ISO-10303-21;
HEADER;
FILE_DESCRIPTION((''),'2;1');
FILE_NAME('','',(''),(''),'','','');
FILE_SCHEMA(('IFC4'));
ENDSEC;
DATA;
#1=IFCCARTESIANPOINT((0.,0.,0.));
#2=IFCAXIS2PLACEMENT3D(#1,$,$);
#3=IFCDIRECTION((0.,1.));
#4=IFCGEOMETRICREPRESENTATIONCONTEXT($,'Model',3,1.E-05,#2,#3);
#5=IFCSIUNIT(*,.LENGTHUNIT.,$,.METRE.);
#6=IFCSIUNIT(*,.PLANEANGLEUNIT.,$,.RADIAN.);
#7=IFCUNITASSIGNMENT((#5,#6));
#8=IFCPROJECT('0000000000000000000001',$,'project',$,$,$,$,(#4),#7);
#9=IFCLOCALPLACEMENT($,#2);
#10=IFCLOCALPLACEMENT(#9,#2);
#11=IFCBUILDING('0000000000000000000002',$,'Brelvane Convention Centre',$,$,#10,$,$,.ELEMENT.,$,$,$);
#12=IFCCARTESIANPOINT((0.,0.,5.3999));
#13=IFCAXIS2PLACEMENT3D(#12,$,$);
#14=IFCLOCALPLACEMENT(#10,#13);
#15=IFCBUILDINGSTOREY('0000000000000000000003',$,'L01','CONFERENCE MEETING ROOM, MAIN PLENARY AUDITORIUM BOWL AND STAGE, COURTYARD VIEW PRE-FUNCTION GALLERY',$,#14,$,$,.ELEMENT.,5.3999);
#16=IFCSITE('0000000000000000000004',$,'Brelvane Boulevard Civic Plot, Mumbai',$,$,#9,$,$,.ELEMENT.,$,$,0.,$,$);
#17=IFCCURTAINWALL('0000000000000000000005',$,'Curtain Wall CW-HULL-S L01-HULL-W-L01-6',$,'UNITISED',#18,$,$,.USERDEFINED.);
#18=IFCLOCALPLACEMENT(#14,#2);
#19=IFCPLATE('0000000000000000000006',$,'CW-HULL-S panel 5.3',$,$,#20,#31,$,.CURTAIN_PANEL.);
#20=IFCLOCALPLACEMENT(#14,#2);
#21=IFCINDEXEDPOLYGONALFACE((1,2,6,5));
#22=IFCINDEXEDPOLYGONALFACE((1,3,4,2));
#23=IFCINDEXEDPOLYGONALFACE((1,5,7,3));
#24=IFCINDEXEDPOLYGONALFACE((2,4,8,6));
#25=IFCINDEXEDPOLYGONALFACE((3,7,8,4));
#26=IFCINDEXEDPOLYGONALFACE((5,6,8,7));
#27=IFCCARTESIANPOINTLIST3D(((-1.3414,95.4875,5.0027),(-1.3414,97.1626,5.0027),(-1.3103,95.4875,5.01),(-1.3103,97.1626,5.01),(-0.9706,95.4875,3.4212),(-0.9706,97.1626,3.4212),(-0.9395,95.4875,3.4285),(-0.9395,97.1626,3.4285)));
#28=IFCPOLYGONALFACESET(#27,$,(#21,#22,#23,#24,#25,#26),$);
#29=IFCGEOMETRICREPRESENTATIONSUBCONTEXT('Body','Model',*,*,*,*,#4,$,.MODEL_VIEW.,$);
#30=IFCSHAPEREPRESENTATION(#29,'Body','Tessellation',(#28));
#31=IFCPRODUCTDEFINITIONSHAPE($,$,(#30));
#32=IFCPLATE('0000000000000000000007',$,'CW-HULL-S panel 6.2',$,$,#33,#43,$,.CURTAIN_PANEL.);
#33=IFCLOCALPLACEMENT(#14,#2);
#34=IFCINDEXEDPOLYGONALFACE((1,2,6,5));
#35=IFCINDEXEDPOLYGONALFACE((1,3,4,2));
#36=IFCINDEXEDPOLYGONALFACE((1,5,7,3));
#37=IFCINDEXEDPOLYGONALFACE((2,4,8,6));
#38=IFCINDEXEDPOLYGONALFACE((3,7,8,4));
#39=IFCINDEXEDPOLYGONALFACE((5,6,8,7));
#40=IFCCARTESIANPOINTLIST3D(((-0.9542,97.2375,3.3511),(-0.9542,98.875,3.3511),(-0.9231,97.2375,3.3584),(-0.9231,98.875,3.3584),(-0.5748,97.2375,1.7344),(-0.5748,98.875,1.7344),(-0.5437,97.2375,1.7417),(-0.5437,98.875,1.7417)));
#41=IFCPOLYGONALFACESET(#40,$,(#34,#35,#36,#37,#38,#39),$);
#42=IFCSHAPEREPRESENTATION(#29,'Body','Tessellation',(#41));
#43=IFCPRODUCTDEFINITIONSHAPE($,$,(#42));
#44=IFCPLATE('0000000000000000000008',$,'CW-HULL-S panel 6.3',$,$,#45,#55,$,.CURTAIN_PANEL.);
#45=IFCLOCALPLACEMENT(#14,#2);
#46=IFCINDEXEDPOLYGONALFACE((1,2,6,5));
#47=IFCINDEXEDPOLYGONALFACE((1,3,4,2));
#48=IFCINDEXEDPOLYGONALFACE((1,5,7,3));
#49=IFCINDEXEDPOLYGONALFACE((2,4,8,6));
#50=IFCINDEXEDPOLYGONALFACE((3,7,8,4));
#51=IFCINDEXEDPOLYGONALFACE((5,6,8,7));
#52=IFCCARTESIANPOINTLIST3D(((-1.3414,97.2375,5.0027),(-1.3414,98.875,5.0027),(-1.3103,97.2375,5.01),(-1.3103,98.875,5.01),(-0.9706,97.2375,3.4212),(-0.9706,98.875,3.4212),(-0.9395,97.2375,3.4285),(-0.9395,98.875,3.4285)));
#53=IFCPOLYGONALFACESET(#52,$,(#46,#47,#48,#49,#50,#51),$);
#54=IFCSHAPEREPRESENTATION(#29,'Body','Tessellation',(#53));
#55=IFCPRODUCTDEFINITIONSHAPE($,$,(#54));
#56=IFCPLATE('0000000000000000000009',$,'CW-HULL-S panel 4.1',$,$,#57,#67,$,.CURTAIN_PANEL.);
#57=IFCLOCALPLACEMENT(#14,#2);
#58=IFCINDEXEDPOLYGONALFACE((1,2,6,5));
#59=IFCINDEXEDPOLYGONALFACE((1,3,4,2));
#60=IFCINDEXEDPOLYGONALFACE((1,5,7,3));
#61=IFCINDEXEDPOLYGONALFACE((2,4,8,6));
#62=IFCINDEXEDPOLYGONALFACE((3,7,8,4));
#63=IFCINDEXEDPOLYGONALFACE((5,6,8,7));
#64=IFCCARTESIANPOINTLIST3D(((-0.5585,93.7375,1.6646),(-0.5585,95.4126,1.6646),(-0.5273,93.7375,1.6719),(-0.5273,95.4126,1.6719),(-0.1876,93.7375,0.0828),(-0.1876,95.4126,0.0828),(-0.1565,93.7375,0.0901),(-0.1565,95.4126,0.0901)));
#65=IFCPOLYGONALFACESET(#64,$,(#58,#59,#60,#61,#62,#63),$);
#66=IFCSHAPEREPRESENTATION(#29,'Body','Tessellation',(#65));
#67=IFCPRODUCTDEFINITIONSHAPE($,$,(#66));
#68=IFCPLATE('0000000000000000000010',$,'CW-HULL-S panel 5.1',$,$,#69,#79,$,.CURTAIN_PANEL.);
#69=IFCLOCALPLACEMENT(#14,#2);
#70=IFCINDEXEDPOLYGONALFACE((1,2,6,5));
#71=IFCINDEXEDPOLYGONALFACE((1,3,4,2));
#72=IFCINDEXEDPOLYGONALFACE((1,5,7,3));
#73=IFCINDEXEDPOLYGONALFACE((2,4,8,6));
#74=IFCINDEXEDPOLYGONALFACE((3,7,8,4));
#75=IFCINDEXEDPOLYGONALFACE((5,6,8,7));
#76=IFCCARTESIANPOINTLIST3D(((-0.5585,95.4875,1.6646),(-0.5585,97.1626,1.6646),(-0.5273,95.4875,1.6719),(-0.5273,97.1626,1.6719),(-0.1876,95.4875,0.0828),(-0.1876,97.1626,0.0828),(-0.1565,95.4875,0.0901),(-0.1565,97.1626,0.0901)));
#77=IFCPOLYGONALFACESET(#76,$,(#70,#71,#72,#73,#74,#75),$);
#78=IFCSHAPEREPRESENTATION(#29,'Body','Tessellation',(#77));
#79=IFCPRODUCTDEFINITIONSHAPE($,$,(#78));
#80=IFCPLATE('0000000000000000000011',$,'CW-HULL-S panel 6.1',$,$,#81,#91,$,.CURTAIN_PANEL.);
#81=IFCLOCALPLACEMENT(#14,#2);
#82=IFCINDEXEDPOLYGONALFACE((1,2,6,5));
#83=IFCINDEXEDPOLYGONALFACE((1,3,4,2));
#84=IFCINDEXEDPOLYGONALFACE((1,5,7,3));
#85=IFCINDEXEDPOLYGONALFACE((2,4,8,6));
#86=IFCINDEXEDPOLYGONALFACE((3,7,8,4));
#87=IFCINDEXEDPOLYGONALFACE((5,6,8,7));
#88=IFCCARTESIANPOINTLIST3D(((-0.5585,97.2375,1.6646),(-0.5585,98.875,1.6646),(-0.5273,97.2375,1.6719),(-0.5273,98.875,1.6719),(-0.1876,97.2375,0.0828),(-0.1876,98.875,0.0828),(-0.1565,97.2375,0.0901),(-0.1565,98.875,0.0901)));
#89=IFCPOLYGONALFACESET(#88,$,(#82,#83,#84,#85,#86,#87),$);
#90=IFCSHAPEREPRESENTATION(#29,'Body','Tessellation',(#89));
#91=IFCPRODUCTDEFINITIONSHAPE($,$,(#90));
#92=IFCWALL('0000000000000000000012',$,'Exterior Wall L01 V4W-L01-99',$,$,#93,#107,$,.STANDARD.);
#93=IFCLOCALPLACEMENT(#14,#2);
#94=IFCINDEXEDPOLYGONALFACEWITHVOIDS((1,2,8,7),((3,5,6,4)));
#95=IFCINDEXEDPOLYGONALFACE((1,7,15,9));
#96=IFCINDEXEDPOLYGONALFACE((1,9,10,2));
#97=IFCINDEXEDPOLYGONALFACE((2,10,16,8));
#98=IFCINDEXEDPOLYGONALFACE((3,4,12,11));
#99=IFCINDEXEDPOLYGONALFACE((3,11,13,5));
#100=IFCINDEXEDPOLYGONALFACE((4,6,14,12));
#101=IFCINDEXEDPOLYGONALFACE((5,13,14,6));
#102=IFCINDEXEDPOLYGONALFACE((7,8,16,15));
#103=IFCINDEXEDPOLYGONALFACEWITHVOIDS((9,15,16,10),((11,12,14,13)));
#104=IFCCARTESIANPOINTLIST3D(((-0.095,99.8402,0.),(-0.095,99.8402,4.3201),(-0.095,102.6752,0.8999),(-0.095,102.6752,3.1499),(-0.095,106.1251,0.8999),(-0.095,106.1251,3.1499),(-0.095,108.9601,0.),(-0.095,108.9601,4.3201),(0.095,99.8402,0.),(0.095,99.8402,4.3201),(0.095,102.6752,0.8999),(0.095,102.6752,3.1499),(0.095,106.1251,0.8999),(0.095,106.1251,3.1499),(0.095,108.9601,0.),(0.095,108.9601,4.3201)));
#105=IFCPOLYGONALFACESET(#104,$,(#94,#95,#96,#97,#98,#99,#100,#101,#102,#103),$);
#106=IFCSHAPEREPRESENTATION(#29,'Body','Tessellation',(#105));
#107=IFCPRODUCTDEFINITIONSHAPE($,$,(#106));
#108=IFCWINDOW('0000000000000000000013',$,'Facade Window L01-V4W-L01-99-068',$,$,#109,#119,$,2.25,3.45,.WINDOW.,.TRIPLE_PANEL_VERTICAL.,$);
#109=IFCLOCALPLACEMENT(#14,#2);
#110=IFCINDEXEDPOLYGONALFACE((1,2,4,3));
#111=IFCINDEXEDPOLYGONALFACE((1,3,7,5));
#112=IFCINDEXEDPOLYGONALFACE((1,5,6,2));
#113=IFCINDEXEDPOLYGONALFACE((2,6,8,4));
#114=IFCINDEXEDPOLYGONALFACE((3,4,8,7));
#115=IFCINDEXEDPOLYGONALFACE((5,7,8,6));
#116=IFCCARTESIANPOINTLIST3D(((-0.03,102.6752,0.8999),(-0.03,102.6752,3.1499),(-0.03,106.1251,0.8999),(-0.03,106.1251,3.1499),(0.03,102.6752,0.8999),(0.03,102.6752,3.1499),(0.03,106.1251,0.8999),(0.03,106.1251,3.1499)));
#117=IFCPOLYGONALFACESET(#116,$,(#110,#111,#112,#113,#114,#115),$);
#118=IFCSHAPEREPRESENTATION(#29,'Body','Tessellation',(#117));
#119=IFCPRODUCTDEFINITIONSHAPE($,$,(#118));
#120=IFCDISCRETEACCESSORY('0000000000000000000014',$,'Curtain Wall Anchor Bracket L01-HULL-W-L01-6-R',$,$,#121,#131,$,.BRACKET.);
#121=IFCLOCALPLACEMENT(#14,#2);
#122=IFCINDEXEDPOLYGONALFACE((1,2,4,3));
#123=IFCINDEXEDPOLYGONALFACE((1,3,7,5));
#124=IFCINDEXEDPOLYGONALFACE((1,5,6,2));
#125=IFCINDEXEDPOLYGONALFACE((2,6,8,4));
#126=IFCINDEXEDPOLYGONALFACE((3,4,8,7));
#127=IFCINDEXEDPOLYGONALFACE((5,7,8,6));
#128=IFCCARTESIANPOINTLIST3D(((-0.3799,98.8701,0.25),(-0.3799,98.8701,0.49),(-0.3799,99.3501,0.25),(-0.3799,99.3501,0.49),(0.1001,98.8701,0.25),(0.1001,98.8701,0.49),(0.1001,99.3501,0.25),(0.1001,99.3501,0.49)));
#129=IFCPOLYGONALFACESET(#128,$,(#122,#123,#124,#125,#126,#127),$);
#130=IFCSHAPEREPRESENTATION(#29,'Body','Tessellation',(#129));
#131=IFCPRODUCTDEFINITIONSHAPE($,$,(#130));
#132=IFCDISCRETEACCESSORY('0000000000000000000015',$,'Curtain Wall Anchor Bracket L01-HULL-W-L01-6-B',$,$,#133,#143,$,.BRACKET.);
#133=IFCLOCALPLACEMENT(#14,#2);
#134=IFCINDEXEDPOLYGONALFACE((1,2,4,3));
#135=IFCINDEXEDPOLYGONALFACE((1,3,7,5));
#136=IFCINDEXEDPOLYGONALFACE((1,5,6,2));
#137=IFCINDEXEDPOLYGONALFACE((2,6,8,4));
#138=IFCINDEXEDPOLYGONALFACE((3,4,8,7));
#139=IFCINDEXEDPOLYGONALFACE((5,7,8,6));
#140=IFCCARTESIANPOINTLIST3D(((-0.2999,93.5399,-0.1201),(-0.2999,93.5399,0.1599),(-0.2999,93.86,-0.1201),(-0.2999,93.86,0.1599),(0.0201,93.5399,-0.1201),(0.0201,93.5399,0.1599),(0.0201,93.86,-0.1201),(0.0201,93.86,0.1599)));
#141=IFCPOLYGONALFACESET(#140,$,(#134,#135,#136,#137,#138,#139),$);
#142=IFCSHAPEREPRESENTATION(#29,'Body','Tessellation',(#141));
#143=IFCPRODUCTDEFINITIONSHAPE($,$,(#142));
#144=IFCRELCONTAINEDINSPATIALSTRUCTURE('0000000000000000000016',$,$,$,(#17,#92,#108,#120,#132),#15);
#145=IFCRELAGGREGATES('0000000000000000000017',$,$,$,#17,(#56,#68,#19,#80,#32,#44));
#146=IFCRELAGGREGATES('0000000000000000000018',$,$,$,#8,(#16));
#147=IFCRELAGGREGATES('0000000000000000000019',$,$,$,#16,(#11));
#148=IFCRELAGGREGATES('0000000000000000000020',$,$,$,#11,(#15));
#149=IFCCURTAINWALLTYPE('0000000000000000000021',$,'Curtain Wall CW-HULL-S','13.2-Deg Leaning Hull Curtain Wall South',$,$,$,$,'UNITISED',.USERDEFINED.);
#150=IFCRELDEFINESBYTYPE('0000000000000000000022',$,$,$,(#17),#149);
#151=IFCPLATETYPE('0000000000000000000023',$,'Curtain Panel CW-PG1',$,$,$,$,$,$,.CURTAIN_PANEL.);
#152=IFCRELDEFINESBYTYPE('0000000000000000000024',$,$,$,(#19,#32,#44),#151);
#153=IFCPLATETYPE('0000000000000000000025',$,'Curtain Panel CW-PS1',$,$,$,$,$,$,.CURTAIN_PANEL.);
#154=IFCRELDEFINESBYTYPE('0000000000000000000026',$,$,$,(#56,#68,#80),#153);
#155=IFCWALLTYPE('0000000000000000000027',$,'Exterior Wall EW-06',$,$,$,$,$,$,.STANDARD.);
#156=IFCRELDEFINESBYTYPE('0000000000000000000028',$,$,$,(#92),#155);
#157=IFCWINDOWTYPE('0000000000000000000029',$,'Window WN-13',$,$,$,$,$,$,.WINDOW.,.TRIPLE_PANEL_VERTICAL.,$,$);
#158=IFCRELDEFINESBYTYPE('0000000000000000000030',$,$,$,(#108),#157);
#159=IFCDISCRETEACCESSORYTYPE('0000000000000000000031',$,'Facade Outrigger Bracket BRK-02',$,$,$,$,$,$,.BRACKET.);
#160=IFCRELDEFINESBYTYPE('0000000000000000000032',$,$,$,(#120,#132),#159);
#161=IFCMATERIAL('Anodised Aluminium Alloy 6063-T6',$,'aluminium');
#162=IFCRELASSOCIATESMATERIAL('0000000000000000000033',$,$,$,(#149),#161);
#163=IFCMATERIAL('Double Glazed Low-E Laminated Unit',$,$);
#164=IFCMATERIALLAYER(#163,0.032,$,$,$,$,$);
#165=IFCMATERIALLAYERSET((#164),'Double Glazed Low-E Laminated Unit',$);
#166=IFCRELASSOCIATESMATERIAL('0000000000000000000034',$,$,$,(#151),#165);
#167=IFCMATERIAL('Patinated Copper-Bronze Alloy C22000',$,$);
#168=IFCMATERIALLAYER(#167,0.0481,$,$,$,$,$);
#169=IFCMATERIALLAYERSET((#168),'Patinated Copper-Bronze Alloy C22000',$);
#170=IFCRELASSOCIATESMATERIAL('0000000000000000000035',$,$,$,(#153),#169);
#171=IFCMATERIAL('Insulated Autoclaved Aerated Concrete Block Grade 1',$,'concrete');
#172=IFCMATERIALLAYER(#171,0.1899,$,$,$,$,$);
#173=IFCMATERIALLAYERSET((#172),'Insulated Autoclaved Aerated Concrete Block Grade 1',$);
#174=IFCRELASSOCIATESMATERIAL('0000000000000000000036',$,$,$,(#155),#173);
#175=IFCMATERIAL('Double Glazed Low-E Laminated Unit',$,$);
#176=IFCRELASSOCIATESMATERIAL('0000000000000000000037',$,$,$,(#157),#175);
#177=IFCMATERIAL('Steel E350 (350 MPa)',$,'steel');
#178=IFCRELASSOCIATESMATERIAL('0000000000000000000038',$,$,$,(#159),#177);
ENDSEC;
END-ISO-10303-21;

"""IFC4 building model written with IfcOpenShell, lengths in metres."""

from ifc_helpers import new_model, si_unit, direction, frame, frame_2d, origin, origin_2d, place, context, subcontext, project, spatial, polyline, rectangle, outline, extrude, material, layer, layer_set, type_object, element, fill, aggregate, save


model = new_model("IFC4")

# Units and contexts
model_context = context("Model", 3, precision=1e-05, world=origin(), true_north=direction((0.0, 1.0)))
body_context = subcontext(model_context, "Body", "Model", "MODEL_VIEW")
ifc_project = project(units=[si_unit("LENGTHUNIT", "METRE"), si_unit("PLANEANGLEUNIT", "RADIAN")], contexts=[model_context])

# Site, building, storey
site_placement = place(None, origin())
site = spatial("IfcSite", under=ifc_project, at=site_placement, Name="Brelvane Boulevard Civic Plot, Mumbai", CompositionType="ELEMENT", RefElevation=0.0)
building_placement = place(site_placement, origin())
building = spatial("IfcBuilding", under=site, at=building_placement, Name="Brelvane Convention Centre", CompositionType="ELEMENT")
storey_placement = place(building_placement, frame((0.0, 0.0, 5.3999)))
storey = spatial("IfcBuildingStorey", under=building, at=storey_placement, Name="L01", Description="CONFERENCE MEETING ROOM, MAIN PLENARY AUDITORIUM BOWL AND STAGE, COURTYARD VIEW PRE-FUNCTION GALLERY", CompositionType="ELEMENT", Elevation=5.3999)

# Curtain wall
ifc_material_1 = material(Name="Anodised Aluminium Alloy 6063-T6", Category="aluminium")
curtain_wall_type = type_object("IfcCurtainWallType", Name="Curtain Wall CW-HULL-S", Description="13.2-Deg Leaning Hull Curtain Wall South", ElementType="UNITISED", PredefinedType="USERDEFINED", material=ifc_material_1)
curtain_wall_placement = place(storey_placement, origin())
curtain_wall = element("IfcCurtainWall", 1, at=curtain_wall_placement, inside=storey, type_object=curtain_wall_type, Name="Curtain Wall CW-HULL-S L01-HULL-W-L01-6", ObjectType="UNITISED", PredefinedType="USERDEFINED")

# Plates
ifc_material_2 = material(Name="Double Glazed Low-E Laminated Unit")
ifc_layer_1 = layer(ifc_material_2, 0.032)
ifc_layer_set_1 = layer_set([ifc_layer_1], Name="Double Glazed Low-E Laminated Unit")
plate_type_1 = type_object("IfcPlateType", Name="Curtain Panel CW-PG1", PredefinedType="CURTAIN_PANEL", material=ifc_layer_set_1)
plate_1_placement = place(storey_placement, frame((-0.9395, 95.4875, 3.4285), z_axis=(0.973592, 0.0, 0.228294), x_axis=(0.0, 1.0, 0.0)))
plate_1 = element("IfcPlate", 2, at=plate_1_placement, type_object=plate_type_1, Name="CW-HULL-S panel 5.3", PredefinedType="CURTAIN_PANEL", context=body_context, shape_type="SweptSolid", body=[
    extrude(outline(polyline([(0.0, 0.0), (1.675, 0.0), (1.675, 1.6244), (0.0, 1.6244), (0.0, 0.0)])), origin(), (0.0, 0.0, -1.0), 0.032),
])
plate_2_placement = place(storey_placement, frame((-0.5437, 97.2375, 1.7417), z_axis=(0.973552, 0.0, 0.228466), x_axis=(0.0, 1.0, 0.0)))
plate_2 = element("IfcPlate", 3, at=plate_2_placement, type_object=plate_type_1, Name="CW-HULL-S panel 6.2", PredefinedType="CURTAIN_PANEL", context=body_context, shape_type="SweptSolid", body=[
    extrude(outline(polyline([(0.0, 0.0), (1.6375, 0.0), (1.6375, 1.6606), (0.0, 1.6606), (0.0, 0.0)])), origin(), (0.0, 0.0, -1.0), 0.032),
])
plate_3_placement = place(storey_placement, frame((-0.9395, 97.2375, 3.4285), z_axis=(0.973592, 0.0, 0.228294), x_axis=(0.0, 1.0, 0.0)))
plate_3 = element("IfcPlate", 4, at=plate_3_placement, type_object=plate_type_1, Name="CW-HULL-S panel 6.3", PredefinedType="CURTAIN_PANEL", context=body_context, shape_type="SweptSolid", body=[
    extrude(outline(polyline([(0.0, 0.0), (1.6375, 0.0), (1.6375, 1.6244), (0.0, 1.6244), (0.0, 0.0)])), origin(), (0.0, 0.0, -1.0), 0.032),
])
ifc_material_3 = material(Name="Patinated Copper-Bronze Alloy C22000")
ifc_layer_2 = layer(ifc_material_3, 0.0481)
ifc_layer_set_2 = layer_set([ifc_layer_2], Name="Patinated Copper-Bronze Alloy C22000")
plate_type_2 = type_object("IfcPlateType", Name="Curtain Panel CW-PS1", PredefinedType="CURTAIN_PANEL", material=ifc_layer_set_2)
plate_4_placement = place(storey_placement, frame((-0.1565, 93.7375, 0.0901), z_axis=(0.9736, 0.0, 0.22826), x_axis=(0.0, 1.0, 0.0)))
plate_4 = element("IfcPlate", 5, at=plate_4_placement, type_object=plate_type_2, Name="CW-HULL-S panel 4.1", PredefinedType="CURTAIN_PANEL", context=body_context, shape_type="SweptSolid", body=[
    extrude(outline(polyline([(0.0, 0.0), (1.675, 0.0), (1.675, 1.6247), (0.0, 1.6247), (0.0, 0.0)])), origin(), (0.0, 0.0, -1.0), 0.032),
])
plate_5_placement = place(storey_placement, frame((-0.1565, 95.4875, 0.0901), z_axis=(0.9736, 0.0, 0.22826), x_axis=(0.0, 1.0, 0.0)))
plate_5 = element("IfcPlate", 6, at=plate_5_placement, type_object=plate_type_2, Name="CW-HULL-S panel 5.1", PredefinedType="CURTAIN_PANEL", context=body_context, shape_type="SweptSolid", body=[
    extrude(outline(polyline([(0.0, 0.0), (1.675, 0.0), (1.675, 1.6247), (0.0, 1.6247), (0.0, 0.0)])), origin(), (0.0, 0.0, -1.0), 0.032),
])
plate_6_placement = place(storey_placement, frame((-0.1565, 97.2375, 0.0901), z_axis=(0.9736, 0.0, 0.22826), x_axis=(0.0, 1.0, 0.0)))
plate_6 = element("IfcPlate", 7, at=plate_6_placement, type_object=plate_type_2, Name="CW-HULL-S panel 6.1", PredefinedType="CURTAIN_PANEL", context=body_context, shape_type="SweptSolid", body=[
    extrude(outline(polyline([(0.0, 0.0), (1.6375, 0.0), (1.6375, 1.6247), (0.0, 1.6247), (0.0, 0.0)])), origin(), (0.0, 0.0, -1.0), 0.032),
])
aggregate(curtain_wall, [plate_4, plate_5, plate_1, plate_6, plate_2, plate_3])

# Wall, opening, window
ifc_material_4 = material(Name="Insulated Autoclaved Aerated Concrete Block Grade 1", Category="concrete")
ifc_layer_3 = layer(ifc_material_4, 0.1899)
ifc_layer_set_3 = layer_set([ifc_layer_3], Name="Insulated Autoclaved Aerated Concrete Block Grade 1")
wall_type = type_object("IfcWallType", Name="Exterior Wall EW-06", PredefinedType="STANDARD", material=ifc_layer_set_3)
wall_placement = place(storey_placement, frame((0.0, 99.8401, 0.0), z_axis=(0.0, 0.0, 1.0), x_axis=(0.0, 1.0, 0.0)))
wall = element("IfcWall", 8, at=wall_placement, inside=storey, type_object=wall_type, Name="Exterior Wall L01 V4W-L01-99", PredefinedType="STANDARD", context=body_context, shape_type="SweptSolid", body=[
    extrude(rectangle(XDim=9.1199, YDim=0.1899, at=frame_2d((4.5601, 0.0))), origin(), (0.0, 0.0, 1.0), 4.3201),
])
opening_placement = place(wall_placement, frame((2.835, 0.0, 0.8999)))
opening = element("IfcOpeningElement", 9, at=opening_placement, cuts=wall, PredefinedType="OPENING", context=body_context, shape_type="SweptSolid", body=[
    extrude(rectangle(XDim=3.45, YDim=2.25, at=frame_2d((1.7251, 1.125))), frame((0.0, 0.105, 0.0), z_axis=(0.0, -1.0, 0.0), x_axis=(1.0, 0.0, 0.0)), (0.0, 0.0, 1.0), 0.21),
])
ifc_material_5 = material(Name="Double Glazed Low-E Laminated Unit")
window_type = type_object("IfcWindowType", Name="Window WN-13", PartitioningType="TRIPLE_PANEL_VERTICAL", PredefinedType="WINDOW", material=ifc_material_5)
window_placement = place(opening_placement, origin())
window = element("IfcWindow", 10, at=window_placement, inside=storey, type_object=window_type, Name="Facade Window L01-V4W-L01-99-068", OverallHeight=2.25, OverallWidth=3.45, PartitioningType="TRIPLE_PANEL_VERTICAL", PredefinedType="WINDOW", context=body_context, shape_type="SweptSolid", body=[
    extrude(rectangle(XDim=3.45, YDim=2.25, at=frame_2d((1.7251, 1.125))), frame((0.0, 0.03, 0.0), z_axis=(0.0, -1.0, 0.0), x_axis=(1.0, 0.0, 0.0)), (0.0, 0.0, 1.0), 0.0601),
])
fill(opening, window)

# Discrete accessories
ifc_material_6 = material(Name="Steel E350 (350 MPa)", Category="steel")
discrete_accessory_type = type_object("IfcDiscreteAccessoryType", Name="Facade Outrigger Bracket BRK-02", PredefinedType="BRACKET", material=ifc_material_6)
discrete_accessory_1_placement = place(storey_placement, frame((-0.1399, 99.1101, 0.25), z_axis=(0.0, 0.0, 1.0), x_axis=(1.0, 0.0, 0.0)))
element("IfcDiscreteAccessory", 11, at=discrete_accessory_1_placement, inside=storey, type_object=discrete_accessory_type, Name="Curtain Wall Anchor Bracket L01-HULL-W-L01-6-R", PredefinedType="BRACKET", context=body_context, shape_type="SweptSolid", body=[
    extrude(rectangle(XDim=0.48, YDim=0.48, at=origin_2d()), origin(), (0.0, 0.0, 1.0), 0.24),
])
discrete_accessory_2_placement = place(storey_placement, frame((-0.1399, 93.7, -0.1201), z_axis=(0.0, 0.0, 1.0), x_axis=(1.0, 0.0, 0.0)))
element("IfcDiscreteAccessory", 12, at=discrete_accessory_2_placement, inside=storey, type_object=discrete_accessory_type, Name="Curtain Wall Anchor Bracket L01-HULL-W-L01-6-B", PredefinedType="BRACKET", context=body_context, shape_type="SweptSolid", body=[
    extrude(rectangle(XDim=0.3201, YDim=0.3201, at=origin_2d()), origin(), (0.0, 0.0, 1.0), 0.28),
])

save(model, "model.ifc")
